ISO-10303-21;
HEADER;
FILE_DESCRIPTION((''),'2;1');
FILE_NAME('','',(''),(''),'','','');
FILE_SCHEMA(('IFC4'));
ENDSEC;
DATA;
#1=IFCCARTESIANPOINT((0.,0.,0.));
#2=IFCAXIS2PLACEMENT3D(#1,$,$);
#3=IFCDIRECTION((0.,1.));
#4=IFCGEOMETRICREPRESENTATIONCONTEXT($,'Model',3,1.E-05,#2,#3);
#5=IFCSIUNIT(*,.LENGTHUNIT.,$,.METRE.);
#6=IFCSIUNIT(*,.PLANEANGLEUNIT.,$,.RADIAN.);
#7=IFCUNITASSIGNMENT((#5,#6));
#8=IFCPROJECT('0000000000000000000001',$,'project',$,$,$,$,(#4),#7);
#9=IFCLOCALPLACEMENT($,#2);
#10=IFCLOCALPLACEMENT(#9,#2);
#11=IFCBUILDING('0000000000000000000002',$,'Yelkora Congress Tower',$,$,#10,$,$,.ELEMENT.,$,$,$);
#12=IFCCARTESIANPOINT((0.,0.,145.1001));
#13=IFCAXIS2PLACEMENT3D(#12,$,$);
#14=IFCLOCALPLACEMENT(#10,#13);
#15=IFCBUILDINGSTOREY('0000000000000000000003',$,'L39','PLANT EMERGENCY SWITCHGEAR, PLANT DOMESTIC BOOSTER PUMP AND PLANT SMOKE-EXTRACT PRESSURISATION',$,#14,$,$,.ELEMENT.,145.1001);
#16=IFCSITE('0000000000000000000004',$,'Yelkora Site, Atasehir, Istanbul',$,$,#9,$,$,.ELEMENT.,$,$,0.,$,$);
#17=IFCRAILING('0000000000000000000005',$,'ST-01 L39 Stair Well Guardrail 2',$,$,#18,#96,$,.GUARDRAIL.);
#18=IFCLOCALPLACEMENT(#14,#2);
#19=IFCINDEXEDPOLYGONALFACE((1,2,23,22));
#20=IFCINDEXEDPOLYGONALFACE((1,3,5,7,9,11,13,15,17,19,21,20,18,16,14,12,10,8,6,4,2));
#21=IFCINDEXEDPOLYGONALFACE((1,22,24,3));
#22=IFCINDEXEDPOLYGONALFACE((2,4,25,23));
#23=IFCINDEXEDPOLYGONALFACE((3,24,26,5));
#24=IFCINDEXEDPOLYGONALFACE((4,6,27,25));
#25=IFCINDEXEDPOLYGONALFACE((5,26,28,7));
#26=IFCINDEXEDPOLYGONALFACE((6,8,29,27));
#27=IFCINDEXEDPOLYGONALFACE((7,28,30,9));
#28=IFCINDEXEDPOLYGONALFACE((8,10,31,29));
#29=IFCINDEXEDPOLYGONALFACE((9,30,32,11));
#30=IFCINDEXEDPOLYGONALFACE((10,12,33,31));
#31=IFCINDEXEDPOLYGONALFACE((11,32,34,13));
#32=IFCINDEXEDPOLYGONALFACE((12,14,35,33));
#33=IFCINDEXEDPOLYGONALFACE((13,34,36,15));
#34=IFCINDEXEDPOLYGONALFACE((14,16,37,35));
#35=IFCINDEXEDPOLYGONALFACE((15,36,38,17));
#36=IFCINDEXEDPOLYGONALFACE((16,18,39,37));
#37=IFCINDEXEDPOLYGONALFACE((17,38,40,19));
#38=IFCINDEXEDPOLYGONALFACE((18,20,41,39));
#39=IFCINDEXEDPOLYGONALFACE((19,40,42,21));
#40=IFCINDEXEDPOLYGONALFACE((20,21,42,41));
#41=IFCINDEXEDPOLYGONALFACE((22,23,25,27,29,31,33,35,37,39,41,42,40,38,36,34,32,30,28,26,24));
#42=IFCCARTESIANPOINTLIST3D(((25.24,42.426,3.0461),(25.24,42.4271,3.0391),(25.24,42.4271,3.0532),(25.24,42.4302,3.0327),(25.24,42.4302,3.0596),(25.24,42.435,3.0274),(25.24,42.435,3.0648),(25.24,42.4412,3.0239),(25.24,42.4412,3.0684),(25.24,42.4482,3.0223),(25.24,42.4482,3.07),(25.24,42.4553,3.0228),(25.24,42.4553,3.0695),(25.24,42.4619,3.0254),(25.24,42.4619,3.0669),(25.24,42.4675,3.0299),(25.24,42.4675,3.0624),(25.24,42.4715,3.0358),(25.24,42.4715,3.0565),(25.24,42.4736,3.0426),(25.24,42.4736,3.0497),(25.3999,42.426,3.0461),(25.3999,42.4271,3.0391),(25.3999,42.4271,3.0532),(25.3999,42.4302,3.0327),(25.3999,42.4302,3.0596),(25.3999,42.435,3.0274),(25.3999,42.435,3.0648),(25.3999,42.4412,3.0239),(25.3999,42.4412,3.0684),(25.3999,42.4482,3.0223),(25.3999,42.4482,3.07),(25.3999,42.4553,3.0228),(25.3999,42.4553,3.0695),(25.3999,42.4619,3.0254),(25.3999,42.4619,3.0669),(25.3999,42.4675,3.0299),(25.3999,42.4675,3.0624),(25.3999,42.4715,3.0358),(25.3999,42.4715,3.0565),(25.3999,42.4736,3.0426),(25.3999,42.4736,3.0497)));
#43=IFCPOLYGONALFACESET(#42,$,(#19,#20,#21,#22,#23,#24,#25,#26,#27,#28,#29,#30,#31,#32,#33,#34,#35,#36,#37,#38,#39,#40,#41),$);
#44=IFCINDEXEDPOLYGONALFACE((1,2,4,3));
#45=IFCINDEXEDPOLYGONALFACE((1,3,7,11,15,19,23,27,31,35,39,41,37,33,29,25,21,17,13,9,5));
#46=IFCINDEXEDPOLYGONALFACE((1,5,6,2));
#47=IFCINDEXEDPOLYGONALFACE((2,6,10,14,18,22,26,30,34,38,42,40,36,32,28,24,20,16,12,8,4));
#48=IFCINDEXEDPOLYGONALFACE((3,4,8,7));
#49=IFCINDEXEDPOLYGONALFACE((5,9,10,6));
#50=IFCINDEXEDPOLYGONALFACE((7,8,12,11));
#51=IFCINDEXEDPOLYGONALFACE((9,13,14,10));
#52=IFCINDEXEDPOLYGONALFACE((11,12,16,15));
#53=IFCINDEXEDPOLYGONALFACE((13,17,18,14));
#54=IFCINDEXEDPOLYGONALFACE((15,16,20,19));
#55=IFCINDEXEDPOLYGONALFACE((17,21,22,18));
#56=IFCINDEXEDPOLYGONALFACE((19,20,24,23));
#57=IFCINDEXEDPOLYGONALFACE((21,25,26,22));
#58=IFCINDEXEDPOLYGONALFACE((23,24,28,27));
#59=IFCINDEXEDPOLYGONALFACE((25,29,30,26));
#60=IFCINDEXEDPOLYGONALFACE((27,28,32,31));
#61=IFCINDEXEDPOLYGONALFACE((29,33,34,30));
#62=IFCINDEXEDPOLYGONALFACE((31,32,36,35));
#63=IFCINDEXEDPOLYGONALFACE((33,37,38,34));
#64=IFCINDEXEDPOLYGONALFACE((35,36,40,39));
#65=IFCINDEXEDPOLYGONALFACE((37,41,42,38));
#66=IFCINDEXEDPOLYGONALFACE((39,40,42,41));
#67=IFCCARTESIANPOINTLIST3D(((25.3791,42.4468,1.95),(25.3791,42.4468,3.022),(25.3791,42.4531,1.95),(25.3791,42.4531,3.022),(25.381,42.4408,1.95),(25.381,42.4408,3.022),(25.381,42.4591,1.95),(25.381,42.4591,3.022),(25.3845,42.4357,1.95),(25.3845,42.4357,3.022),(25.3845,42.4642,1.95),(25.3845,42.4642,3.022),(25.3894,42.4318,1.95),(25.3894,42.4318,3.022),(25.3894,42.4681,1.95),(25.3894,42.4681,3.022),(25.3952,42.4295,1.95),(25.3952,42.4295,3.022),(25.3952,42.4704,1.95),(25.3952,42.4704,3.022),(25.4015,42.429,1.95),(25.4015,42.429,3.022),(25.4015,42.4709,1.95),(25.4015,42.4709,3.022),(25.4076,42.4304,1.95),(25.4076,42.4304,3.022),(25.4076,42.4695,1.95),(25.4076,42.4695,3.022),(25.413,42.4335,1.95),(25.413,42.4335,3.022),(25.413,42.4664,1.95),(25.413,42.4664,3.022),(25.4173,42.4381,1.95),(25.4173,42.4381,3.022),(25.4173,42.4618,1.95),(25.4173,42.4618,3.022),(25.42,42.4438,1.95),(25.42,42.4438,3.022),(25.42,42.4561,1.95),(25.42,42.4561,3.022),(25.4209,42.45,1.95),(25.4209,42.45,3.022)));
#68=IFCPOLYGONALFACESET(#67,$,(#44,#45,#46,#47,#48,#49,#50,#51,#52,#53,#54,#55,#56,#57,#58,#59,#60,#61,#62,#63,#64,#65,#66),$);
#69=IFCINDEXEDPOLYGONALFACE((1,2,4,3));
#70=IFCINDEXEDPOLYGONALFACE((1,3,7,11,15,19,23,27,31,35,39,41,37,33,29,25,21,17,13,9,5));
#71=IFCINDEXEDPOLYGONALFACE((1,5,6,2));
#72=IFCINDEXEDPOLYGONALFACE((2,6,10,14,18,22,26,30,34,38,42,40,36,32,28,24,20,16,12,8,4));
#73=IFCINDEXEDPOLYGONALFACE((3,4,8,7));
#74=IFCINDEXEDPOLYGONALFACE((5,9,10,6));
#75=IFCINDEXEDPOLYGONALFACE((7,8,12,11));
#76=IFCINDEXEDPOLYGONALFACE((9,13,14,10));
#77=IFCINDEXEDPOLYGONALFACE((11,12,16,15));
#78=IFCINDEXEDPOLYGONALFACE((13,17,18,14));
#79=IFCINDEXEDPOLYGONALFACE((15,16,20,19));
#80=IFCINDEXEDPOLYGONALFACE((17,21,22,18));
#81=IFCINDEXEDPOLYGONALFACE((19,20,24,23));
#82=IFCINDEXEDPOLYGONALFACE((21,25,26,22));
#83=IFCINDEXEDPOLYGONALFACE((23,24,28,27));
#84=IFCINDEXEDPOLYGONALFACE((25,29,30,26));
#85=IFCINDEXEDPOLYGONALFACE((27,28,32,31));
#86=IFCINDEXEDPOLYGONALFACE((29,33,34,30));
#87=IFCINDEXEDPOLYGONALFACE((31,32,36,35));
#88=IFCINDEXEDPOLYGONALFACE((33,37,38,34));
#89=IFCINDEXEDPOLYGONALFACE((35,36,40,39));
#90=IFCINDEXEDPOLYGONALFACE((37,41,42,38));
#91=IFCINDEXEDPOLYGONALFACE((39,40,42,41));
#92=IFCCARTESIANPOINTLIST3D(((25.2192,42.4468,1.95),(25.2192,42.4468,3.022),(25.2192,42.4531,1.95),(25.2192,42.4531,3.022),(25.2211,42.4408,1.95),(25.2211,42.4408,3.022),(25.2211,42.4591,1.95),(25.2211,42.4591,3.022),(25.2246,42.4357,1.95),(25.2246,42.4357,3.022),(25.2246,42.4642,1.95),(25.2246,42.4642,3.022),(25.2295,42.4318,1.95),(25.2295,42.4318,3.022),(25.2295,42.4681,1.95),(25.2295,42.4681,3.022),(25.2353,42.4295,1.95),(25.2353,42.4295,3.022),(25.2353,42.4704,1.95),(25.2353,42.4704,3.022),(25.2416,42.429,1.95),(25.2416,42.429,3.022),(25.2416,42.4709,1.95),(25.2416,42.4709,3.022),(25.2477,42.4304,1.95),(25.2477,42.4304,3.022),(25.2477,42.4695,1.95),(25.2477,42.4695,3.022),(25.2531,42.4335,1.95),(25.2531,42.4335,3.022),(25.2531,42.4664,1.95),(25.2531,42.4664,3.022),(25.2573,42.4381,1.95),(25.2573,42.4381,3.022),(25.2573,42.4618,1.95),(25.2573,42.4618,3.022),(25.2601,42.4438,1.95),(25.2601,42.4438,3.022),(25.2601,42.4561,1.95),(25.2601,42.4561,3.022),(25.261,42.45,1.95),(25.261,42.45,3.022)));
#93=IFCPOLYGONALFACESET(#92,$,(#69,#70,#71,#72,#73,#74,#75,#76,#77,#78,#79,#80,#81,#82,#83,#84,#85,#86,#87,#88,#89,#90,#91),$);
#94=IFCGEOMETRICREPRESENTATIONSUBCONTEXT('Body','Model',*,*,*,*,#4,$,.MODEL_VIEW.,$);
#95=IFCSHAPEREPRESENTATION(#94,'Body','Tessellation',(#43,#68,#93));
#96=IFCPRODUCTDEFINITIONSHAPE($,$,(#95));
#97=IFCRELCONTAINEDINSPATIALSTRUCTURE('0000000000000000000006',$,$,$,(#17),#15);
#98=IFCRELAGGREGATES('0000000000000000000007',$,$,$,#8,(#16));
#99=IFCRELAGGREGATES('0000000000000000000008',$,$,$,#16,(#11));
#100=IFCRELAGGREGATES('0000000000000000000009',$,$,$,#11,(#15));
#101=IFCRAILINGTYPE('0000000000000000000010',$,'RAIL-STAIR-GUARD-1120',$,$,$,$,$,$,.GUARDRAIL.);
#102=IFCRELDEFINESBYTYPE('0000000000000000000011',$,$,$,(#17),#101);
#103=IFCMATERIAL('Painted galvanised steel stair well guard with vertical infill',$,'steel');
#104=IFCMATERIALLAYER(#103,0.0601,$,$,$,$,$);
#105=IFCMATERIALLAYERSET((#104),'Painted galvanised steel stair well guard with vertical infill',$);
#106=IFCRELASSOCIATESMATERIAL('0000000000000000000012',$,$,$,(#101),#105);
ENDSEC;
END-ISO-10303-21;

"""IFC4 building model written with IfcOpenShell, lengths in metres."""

from ifc_helpers import new_model, si_unit, direction, frame, origin, origin_2d, place, context, subcontext, project, spatial, circle, extrude, material, layer, layer_set, type_object, element, save


model = new_model("IFC4")

# Units and contexts
model_context = context("Model", 3, precision=1e-05, world=origin(), true_north=direction((0.0, 1.0)))
body_context = subcontext(model_context, "Body", "Model", "MODEL_VIEW")
ifc_project = project(units=[si_unit("LENGTHUNIT", "METRE"), si_unit("PLANEANGLEUNIT", "RADIAN")], contexts=[model_context])

# Site, building, storey
site_placement = place(None, origin())
site = spatial("IfcSite", under=ifc_project, at=site_placement, Name="Yelkora Site, Atasehir, Istanbul", CompositionType="ELEMENT", RefElevation=0.0)
building_placement = place(site_placement, origin())
building = spatial("IfcBuilding", under=site, at=building_placement, Name="Yelkora Congress Tower", CompositionType="ELEMENT")
storey_placement = place(building_placement, frame((0.0, 0.0, 145.1001)))
storey = spatial("IfcBuildingStorey", under=building, at=storey_placement, Name="L39", Description="PLANT EMERGENCY SWITCHGEAR, PLANT DOMESTIC BOOSTER PUMP AND PLANT SMOKE-EXTRACT PRESSURISATION", CompositionType="ELEMENT", Elevation=145.1001)

# Railing
ifc_material_1 = material(Name="Painted galvanised steel stair well guard with vertical infill", Category="steel")
ifc_layer_1 = layer(ifc_material_1, 0.0601)
ifc_layer_set_1 = layer_set([ifc_layer_1], Name="Painted galvanised steel stair well guard with vertical infill")
railing_type_1 = type_object("IfcRailingType", Name="RAIL-STAIR-GUARD-1120", PredefinedType="GUARDRAIL", material=ifc_layer_set_1)
railing_1_placement = place(storey_placement, frame((25.3999, 42.45, 1.95)))
element("IfcRailing", 1, at=railing_1_placement, inside=storey, type_object=railing_type_1, Name="ST-01 L39 Stair Well Guardrail 2", PredefinedType="GUARDRAIL", context=body_context, shape_type="SweptSolid", body=[
    extrude(circle(Radius=0.0239, at=origin_2d()), frame((0.0, 0.0, 1.0962), z_axis=(-1.0, 0.0, 0.0), x_axis=(0.0, -1.0, 0.0)), (0.0, 0.0, 1.0), 0.1599),
    extrude(circle(Radius=0.021, at=origin_2d()), origin(), (0.0, 0.0, 1.0), 1.072),
    extrude(circle(Radius=0.021, at=origin_2d()), frame((-0.1599, 0.0, 0.0)), (0.0, 0.0, 1.0), 1.072),
])

save(model, "model.ifc")
